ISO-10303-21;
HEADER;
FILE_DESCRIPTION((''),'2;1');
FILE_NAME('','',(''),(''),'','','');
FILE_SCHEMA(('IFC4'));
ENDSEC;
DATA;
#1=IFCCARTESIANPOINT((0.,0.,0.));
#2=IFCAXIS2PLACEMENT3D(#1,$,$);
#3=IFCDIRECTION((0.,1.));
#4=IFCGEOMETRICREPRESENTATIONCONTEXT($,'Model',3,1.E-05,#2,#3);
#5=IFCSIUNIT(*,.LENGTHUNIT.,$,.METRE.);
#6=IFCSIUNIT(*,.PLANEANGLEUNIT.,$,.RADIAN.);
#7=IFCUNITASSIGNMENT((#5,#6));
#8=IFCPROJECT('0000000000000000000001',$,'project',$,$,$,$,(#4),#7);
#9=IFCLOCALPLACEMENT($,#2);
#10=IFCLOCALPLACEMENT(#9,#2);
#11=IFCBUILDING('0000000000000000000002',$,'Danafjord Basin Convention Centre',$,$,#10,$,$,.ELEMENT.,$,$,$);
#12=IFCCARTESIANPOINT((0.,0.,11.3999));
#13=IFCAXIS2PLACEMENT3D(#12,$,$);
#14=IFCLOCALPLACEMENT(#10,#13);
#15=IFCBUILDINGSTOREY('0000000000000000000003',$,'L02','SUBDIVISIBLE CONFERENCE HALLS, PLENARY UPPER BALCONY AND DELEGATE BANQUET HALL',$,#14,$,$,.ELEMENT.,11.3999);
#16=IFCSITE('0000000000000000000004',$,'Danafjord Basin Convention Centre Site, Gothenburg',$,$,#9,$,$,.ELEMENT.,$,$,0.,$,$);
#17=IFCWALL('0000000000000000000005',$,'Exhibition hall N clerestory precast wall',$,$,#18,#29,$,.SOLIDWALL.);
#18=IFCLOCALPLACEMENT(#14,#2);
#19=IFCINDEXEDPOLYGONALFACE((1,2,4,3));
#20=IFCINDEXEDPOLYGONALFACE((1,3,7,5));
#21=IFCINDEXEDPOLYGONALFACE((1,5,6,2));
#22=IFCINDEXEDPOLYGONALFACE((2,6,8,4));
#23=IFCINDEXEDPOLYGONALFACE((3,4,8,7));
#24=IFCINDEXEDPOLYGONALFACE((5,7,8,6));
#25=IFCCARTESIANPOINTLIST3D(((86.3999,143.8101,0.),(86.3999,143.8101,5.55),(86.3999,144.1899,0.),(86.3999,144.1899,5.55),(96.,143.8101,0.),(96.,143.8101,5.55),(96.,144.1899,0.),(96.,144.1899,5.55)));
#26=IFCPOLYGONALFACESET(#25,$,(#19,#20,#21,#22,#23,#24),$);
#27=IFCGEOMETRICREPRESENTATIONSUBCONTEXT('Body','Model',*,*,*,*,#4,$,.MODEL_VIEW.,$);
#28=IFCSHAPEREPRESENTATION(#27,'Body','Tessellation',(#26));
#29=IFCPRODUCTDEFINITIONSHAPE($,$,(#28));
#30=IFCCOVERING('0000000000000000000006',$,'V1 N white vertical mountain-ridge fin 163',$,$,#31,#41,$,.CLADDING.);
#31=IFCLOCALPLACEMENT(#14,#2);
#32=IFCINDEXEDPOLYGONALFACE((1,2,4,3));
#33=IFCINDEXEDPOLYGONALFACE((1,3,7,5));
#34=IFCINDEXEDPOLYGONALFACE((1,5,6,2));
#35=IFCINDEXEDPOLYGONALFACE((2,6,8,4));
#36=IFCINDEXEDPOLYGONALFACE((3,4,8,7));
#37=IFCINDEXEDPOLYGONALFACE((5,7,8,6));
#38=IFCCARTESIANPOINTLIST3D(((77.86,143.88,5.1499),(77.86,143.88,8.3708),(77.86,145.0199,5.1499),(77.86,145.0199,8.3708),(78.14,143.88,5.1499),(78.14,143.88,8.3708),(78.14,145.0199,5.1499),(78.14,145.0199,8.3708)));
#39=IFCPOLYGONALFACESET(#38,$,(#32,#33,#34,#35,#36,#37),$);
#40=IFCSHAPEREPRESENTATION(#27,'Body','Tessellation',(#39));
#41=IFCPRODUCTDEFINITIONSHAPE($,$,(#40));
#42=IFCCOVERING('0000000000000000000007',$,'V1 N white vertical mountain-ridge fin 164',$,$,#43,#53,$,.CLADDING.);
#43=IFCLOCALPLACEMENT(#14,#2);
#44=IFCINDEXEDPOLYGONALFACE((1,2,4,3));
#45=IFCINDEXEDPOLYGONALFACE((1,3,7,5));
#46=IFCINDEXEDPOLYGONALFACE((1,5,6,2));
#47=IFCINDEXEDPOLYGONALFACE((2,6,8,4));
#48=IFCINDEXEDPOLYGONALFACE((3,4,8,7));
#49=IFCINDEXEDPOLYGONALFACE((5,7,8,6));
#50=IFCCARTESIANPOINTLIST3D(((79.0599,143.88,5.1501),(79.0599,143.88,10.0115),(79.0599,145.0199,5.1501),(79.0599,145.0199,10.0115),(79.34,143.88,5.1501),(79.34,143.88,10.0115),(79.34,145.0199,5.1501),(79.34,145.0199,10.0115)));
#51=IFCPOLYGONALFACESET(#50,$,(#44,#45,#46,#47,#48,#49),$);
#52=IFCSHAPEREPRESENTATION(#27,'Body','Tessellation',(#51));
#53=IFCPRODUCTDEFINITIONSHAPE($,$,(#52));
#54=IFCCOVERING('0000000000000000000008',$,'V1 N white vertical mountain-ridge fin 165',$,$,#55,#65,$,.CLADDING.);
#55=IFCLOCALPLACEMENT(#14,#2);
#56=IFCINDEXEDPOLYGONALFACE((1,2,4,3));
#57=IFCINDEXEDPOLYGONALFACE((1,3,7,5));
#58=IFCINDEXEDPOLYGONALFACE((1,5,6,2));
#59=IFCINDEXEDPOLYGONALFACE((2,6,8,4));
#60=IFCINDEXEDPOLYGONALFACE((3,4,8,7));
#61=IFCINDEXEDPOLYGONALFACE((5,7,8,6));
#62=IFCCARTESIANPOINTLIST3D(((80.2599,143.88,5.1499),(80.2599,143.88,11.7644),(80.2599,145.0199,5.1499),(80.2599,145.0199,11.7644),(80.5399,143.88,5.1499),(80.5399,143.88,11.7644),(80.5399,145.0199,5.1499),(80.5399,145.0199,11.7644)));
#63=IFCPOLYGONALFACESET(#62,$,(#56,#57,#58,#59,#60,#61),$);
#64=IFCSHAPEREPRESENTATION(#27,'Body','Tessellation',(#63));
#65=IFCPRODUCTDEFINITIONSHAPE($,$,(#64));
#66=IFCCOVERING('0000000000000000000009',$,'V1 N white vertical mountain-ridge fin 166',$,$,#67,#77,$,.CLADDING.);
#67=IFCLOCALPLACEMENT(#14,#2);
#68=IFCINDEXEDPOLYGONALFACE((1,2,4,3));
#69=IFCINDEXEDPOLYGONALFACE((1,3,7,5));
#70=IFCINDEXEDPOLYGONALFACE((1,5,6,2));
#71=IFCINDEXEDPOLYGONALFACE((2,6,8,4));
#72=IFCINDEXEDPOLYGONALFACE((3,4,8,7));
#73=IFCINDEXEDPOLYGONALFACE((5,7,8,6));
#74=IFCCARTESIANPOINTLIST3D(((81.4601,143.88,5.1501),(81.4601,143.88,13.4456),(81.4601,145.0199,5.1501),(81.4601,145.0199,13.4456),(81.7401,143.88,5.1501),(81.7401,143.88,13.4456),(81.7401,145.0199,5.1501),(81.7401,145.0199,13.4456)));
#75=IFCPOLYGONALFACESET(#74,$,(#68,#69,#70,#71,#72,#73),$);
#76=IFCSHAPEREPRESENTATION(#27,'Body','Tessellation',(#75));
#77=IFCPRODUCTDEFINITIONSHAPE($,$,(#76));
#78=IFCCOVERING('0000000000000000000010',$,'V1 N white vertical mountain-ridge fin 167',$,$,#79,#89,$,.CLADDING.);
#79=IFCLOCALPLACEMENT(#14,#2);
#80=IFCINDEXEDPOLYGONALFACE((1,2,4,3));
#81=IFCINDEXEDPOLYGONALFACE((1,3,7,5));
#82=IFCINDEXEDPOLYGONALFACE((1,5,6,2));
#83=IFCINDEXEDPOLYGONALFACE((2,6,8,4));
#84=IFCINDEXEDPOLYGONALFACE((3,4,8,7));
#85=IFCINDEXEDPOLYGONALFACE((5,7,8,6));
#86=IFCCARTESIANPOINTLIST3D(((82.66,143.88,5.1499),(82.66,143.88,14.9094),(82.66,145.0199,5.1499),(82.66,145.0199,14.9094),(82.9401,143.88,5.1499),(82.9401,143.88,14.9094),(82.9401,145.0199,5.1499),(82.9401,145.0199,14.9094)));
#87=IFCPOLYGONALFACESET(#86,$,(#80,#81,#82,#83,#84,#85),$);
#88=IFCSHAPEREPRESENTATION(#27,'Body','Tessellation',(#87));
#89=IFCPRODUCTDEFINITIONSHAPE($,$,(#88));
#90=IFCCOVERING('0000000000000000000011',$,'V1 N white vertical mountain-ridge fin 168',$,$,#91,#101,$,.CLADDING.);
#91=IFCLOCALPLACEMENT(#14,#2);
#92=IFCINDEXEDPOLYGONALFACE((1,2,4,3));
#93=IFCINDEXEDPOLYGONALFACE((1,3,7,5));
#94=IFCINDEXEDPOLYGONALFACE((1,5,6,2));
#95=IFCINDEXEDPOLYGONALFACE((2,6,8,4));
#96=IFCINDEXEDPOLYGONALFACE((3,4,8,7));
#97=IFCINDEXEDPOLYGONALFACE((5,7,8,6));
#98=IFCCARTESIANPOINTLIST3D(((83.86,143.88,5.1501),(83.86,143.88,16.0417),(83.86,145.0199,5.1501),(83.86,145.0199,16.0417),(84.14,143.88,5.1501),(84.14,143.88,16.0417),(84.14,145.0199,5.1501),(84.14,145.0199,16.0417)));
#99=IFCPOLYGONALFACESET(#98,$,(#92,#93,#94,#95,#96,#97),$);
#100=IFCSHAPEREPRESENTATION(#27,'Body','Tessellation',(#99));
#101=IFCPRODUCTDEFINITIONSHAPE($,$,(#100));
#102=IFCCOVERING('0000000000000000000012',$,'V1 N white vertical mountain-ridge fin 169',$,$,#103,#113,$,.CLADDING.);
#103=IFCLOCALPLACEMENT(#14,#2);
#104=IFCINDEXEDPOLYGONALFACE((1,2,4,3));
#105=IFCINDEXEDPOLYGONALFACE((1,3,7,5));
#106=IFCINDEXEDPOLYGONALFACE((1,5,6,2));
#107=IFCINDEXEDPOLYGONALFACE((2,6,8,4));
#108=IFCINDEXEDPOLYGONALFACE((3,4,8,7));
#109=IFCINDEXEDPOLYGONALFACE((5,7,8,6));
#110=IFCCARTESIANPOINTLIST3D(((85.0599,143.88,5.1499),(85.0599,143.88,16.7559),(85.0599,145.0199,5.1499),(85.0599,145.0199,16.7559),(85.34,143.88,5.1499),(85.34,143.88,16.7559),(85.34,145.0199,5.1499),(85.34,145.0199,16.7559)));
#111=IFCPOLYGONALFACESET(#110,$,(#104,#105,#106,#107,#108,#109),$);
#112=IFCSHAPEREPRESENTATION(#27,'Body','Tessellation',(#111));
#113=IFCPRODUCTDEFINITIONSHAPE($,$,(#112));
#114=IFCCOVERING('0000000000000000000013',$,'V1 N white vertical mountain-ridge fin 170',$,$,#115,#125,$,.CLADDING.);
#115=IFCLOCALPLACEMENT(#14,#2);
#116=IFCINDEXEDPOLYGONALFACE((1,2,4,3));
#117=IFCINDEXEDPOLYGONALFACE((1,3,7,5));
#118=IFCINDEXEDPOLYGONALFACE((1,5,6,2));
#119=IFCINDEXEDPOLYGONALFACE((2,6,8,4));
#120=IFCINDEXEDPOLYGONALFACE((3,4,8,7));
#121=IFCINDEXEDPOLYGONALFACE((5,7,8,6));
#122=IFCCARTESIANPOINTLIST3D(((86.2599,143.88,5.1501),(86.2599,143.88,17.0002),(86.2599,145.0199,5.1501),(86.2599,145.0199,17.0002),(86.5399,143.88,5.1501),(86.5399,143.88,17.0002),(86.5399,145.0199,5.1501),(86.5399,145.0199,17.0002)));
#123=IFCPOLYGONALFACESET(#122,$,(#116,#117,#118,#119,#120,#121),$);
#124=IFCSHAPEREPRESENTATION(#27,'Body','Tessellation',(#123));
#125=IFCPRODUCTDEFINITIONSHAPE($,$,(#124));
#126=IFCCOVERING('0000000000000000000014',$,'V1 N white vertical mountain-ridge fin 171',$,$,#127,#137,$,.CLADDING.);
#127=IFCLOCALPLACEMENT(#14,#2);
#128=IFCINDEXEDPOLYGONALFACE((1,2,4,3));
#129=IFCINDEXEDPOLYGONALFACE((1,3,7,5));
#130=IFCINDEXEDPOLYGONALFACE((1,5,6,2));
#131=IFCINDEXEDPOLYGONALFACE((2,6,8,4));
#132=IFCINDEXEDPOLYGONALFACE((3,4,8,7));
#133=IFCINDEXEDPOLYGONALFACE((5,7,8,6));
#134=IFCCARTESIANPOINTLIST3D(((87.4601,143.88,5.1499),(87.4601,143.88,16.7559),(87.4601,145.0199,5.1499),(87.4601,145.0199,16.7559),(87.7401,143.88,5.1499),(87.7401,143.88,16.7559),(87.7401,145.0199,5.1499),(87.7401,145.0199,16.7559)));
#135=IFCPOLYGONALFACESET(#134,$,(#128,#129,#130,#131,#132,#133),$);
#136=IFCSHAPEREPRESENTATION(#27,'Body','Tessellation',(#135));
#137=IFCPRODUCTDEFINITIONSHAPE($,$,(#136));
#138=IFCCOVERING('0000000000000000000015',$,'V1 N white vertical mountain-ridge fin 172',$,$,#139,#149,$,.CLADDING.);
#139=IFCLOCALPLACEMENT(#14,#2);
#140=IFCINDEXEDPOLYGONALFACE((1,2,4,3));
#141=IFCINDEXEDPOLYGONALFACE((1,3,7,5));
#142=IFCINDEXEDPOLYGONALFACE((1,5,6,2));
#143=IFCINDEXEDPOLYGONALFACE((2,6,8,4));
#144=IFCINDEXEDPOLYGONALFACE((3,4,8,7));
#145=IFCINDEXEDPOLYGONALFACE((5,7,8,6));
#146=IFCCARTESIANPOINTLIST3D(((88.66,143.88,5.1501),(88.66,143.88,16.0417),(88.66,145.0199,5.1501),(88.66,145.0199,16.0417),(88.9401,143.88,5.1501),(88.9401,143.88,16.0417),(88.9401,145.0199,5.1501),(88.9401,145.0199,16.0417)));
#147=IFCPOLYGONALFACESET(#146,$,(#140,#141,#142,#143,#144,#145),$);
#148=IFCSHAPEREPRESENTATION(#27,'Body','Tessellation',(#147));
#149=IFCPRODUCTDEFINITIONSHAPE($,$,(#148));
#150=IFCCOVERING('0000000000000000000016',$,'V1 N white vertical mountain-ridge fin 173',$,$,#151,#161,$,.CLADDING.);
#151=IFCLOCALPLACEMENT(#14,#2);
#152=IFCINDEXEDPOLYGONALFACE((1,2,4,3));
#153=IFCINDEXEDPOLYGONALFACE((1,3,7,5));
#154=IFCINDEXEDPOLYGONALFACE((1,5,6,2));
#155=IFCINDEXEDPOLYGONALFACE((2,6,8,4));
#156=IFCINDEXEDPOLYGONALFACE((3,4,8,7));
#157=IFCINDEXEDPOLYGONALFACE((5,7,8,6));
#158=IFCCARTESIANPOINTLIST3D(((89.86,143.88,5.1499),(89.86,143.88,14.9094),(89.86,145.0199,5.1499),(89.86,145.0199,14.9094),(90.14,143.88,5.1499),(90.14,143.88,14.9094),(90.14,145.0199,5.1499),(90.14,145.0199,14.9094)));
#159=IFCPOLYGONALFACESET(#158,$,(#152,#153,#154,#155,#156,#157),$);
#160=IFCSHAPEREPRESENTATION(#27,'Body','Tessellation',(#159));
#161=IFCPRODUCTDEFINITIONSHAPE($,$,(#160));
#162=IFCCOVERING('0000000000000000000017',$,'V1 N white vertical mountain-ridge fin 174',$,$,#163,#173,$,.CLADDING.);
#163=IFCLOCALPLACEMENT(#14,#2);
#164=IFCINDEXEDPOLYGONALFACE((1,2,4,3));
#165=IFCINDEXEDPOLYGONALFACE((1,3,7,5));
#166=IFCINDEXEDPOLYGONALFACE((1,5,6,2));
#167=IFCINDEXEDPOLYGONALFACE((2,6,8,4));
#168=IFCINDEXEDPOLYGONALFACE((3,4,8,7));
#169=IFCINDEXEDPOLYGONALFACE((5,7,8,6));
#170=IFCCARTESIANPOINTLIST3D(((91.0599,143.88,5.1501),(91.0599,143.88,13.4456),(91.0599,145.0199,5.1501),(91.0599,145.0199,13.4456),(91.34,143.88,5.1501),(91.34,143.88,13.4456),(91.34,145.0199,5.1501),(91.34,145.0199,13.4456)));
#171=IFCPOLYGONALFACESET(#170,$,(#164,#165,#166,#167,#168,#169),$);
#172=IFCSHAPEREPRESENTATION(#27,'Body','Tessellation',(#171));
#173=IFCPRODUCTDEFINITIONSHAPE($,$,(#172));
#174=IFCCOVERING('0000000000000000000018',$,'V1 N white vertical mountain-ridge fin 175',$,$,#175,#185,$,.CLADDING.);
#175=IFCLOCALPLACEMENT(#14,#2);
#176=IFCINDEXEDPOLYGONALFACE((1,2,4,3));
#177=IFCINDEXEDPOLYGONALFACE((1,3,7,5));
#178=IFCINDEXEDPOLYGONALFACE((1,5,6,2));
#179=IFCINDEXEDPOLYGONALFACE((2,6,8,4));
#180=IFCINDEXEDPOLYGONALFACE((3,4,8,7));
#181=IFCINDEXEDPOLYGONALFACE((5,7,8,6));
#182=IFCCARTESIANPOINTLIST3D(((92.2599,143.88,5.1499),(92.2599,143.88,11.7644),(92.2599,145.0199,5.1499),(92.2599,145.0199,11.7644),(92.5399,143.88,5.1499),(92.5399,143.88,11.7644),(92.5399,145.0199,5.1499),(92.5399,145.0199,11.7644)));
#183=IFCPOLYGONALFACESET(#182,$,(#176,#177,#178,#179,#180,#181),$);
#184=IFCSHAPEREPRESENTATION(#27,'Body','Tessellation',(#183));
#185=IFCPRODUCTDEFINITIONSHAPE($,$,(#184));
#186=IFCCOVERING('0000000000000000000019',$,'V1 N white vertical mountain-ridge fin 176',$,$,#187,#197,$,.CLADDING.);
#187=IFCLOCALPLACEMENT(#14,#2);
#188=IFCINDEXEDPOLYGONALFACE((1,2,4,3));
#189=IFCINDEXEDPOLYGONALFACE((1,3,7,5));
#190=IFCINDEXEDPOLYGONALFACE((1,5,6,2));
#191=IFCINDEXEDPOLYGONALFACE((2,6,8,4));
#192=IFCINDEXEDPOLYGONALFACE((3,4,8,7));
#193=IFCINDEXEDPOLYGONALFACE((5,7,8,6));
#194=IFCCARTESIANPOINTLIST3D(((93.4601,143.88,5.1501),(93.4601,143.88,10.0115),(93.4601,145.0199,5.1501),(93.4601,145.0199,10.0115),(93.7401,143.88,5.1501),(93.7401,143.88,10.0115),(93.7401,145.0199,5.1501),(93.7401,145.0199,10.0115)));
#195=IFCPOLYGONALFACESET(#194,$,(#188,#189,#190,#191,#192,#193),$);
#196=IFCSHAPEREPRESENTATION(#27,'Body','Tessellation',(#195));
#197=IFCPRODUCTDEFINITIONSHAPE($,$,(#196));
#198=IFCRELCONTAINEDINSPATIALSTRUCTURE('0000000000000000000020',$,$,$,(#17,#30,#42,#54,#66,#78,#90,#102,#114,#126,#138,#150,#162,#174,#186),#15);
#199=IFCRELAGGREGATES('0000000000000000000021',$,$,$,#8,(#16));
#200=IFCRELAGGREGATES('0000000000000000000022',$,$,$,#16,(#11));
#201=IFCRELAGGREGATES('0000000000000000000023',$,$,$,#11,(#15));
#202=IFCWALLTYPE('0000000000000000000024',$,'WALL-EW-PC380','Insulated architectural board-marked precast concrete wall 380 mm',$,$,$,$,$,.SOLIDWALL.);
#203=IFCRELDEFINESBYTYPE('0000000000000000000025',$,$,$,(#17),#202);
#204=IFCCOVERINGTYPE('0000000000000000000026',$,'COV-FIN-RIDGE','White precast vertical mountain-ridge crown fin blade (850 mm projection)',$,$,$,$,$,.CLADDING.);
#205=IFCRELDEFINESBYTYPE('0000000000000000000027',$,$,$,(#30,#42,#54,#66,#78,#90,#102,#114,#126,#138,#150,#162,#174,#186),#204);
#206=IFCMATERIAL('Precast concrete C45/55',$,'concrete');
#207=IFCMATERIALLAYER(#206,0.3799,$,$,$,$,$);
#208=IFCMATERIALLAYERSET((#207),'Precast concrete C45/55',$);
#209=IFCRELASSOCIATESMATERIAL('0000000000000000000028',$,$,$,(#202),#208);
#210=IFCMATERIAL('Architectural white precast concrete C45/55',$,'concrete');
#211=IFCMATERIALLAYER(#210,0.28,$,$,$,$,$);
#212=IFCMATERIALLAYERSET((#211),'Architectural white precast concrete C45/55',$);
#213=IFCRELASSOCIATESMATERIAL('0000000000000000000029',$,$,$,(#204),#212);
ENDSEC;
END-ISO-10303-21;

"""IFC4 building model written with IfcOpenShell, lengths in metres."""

from ifc_helpers import new_model, si_unit, direction, frame, frame_2d, origin, origin_2d, place, context, subcontext, project, spatial, rectangle, extrude, material, layer, layer_set, type_object, element, save


model = new_model("IFC4")

# Units and contexts
model_context = context("Model", 3, precision=1e-05, world=origin(), true_north=direction((0.0, 1.0)))
body_context = subcontext(model_context, "Body", "Model", "MODEL_VIEW")
ifc_project = project(units=[si_unit("LENGTHUNIT", "METRE"), si_unit("PLANEANGLEUNIT", "RADIAN")], contexts=[model_context])

# Site, building, storey
site_placement = place(None, origin())
site = spatial("IfcSite", under=ifc_project, at=site_placement, Name="Danafjord Basin Convention Centre Site, Gothenburg", CompositionType="ELEMENT", RefElevation=0.0)
building_placement = place(site_placement, origin())
building = spatial("IfcBuilding", under=site, at=building_placement, Name="Danafjord Basin Convention Centre", CompositionType="ELEMENT")
storey_placement = place(building_placement, frame((0.0, 0.0, 11.3999)))
storey = spatial("IfcBuildingStorey", under=building, at=storey_placement, Name="L02", Description="SUBDIVISIBLE CONFERENCE HALLS, PLENARY UPPER BALCONY AND DELEGATE BANQUET HALL", CompositionType="ELEMENT", Elevation=11.3999)

# Shared definitions
ifc_material_1 = material(Name="Precast concrete C45/55", Category="concrete")

# Wall
ifc_layer_1 = layer(ifc_material_1, 0.3799)
ifc_layer_set_1 = layer_set([ifc_layer_1], Name="Precast concrete C45/55")
wall_type = type_object("IfcWallType", Name="WALL-EW-PC380", Description="Insulated architectural board-marked precast concrete wall 380 mm", PredefinedType="SOLIDWALL", material=ifc_layer_set_1)
wall_placement = place(storey_placement, frame((86.3999, 144.0, 0.0), z_axis=(0.0, 0.0, 1.0), x_axis=(1.0, 0.0, 0.0)))
element("IfcWall", 1, at=wall_placement, inside=storey, type_object=wall_type, Name="Exhibition hall N clerestory precast wall", PredefinedType="SOLIDWALL", context=body_context, shape_type="SweptSolid", body=[
    extrude(rectangle(XDim=9.6001, YDim=0.3799, at=frame_2d((4.8, 0.0))), origin(), (0.0, 0.0, 1.0), 5.55),
])

# Coverings
ifc_material_2 = material(Name="Architectural white precast concrete C45/55", Category="concrete")
ifc_layer_2 = layer(ifc_material_2, 0.28)
ifc_layer_set_2 = layer_set([ifc_layer_2], Name="Architectural white precast concrete C45/55")
covering_type = type_object("IfcCoveringType", Name="COV-FIN-RIDGE", Description="White precast vertical mountain-ridge crown fin blade (850 mm projection)", PredefinedType="CLADDING", material=ifc_layer_set_2)
covering_1_placement = place(storey_placement, frame((78.0, 144.45, 5.1499), z_axis=(0.0, 0.0, 1.0), x_axis=(0.0, 1.0, 0.0)))
element("IfcCovering", 2, at=covering_1_placement, inside=storey, type_object=covering_type, Name="V1 N white vertical mountain-ridge fin 163", PredefinedType="CLADDING", context=body_context, shape_type="SweptSolid", body=[
    extrude(rectangle(XDim=1.1399, YDim=0.28, at=origin_2d()), origin(), (0.0, 0.0, 1.0), 3.2209),
])
covering_2_placement = place(storey_placement, frame((79.2, 144.45, 5.1501), z_axis=(0.0, 0.0, 1.0), x_axis=(0.0, 1.0, 0.0)))
element("IfcCovering", 3, at=covering_2_placement, inside=storey, type_object=covering_type, Name="V1 N white vertical mountain-ridge fin 164", PredefinedType="CLADDING", context=body_context, shape_type="SweptSolid", body=[
    extrude(rectangle(XDim=1.1399, YDim=0.28, at=origin_2d()), origin(), (0.0, 0.0, 1.0), 4.8613),
])
covering_3_placement = place(storey_placement, frame((80.3999, 144.45, 5.1499), z_axis=(0.0, 0.0, 1.0), x_axis=(0.0, 1.0, 0.0)))
element("IfcCovering", 4, at=covering_3_placement, inside=storey, type_object=covering_type, Name="V1 N white vertical mountain-ridge fin 165", PredefinedType="CLADDING", context=body_context, shape_type="SweptSolid", body=[
    extrude(rectangle(XDim=1.1399, YDim=0.28, at=origin_2d()), origin(), (0.0, 0.0, 1.0), 6.6145),
])
covering_4_placement = place(storey_placement, frame((81.6001, 144.45, 5.1501), z_axis=(0.0, 0.0, 1.0), x_axis=(0.0, 1.0, 0.0)))
element("IfcCovering", 5, at=covering_4_placement, inside=storey, type_object=covering_type, Name="V1 N white vertical mountain-ridge fin 166", PredefinedType="CLADDING", context=body_context, shape_type="SweptSolid", body=[
    extrude(rectangle(XDim=1.1399, YDim=0.28, at=origin_2d()), origin(), (0.0, 0.0, 1.0), 8.2954),
])
covering_5_placement = place(storey_placement, frame((82.8, 144.45, 5.1499), z_axis=(0.0, 0.0, 1.0), x_axis=(0.0, 1.0, 0.0)))
element("IfcCovering", 6, at=covering_5_placement, inside=storey, type_object=covering_type, Name="V1 N white vertical mountain-ridge fin 167", PredefinedType="CLADDING", context=body_context, shape_type="SweptSolid", body=[
    extrude(rectangle(XDim=1.1399, YDim=0.28, at=origin_2d()), origin(), (0.0, 0.0, 1.0), 9.7595),
])
covering_6_placement = place(storey_placement, frame((84.0, 144.45, 5.1501), z_axis=(0.0, 0.0, 1.0), x_axis=(0.0, 1.0, 0.0)))
element("IfcCovering", 7, at=covering_6_placement, inside=storey, type_object=covering_type, Name="V1 N white vertical mountain-ridge fin 168", PredefinedType="CLADDING", context=body_context, shape_type="SweptSolid", body=[
    extrude(rectangle(XDim=1.1399, YDim=0.28, at=origin_2d()), origin(), (0.0, 0.0, 1.0), 10.8916),
])
covering_7_placement = place(storey_placement, frame((85.2, 144.45, 5.1499), z_axis=(0.0, 0.0, 1.0), x_axis=(0.0, 1.0, 0.0)))
element("IfcCovering", 8, at=covering_7_placement, inside=storey, type_object=covering_type, Name="V1 N white vertical mountain-ridge fin 169", PredefinedType="CLADDING", context=body_context, shape_type="SweptSolid", body=[
    extrude(rectangle(XDim=1.1399, YDim=0.28, at=origin_2d()), origin(), (0.0, 0.0, 1.0), 11.606),
])
covering_8_placement = place(storey_placement, frame((86.3999, 144.45, 5.1501), z_axis=(0.0, 0.0, 1.0), x_axis=(0.0, 1.0, 0.0)))
element("IfcCovering", 9, at=covering_8_placement, inside=storey, type_object=covering_type, Name="V1 N white vertical mountain-ridge fin 170", PredefinedType="CLADDING", context=body_context, shape_type="SweptSolid", body=[
    extrude(rectangle(XDim=1.1399, YDim=0.28, at=origin_2d()), origin(), (0.0, 0.0, 1.0), 11.8501),
])
covering_9_placement = place(storey_placement, frame((87.6001, 144.45, 5.1499), z_axis=(0.0, 0.0, 1.0), x_axis=(0.0, 1.0, 0.0)))
element("IfcCovering", 10, at=covering_9_placement, inside=storey, type_object=covering_type, Name="V1 N white vertical mountain-ridge fin 171", PredefinedType="CLADDING", context=body_context, shape_type="SweptSolid", body=[
    extrude(rectangle(XDim=1.1399, YDim=0.28, at=origin_2d()), origin(), (0.0, 0.0, 1.0), 11.606),
])
covering_10_placement = place(storey_placement, frame((88.8, 144.45, 5.1501), z_axis=(0.0, 0.0, 1.0), x_axis=(0.0, 1.0, 0.0)))
element("IfcCovering", 11, at=covering_10_placement, inside=storey, type_object=covering_type, Name="V1 N white vertical mountain-ridge fin 172", PredefinedType="CLADDING", context=body_context, shape_type="SweptSolid", body=[
    extrude(rectangle(XDim=1.1399, YDim=0.28, at=origin_2d()), origin(), (0.0, 0.0, 1.0), 10.8916),
])
covering_11_placement = place(storey_placement, frame((90.0, 144.45, 5.1499), z_axis=(0.0, 0.0, 1.0), x_axis=(0.0, 1.0, 0.0)))
element("IfcCovering", 12, at=covering_11_placement, inside=storey, type_object=covering_type, Name="V1 N white vertical mountain-ridge fin 173", PredefinedType="CLADDING", context=body_context, shape_type="SweptSolid", body=[
    extrude(rectangle(XDim=1.1399, YDim=0.28, at=origin_2d()), origin(), (0.0, 0.0, 1.0), 9.7595),
])
covering_12_placement = place(storey_placement, frame((91.2, 144.45, 5.1501), z_axis=(0.0, 0.0, 1.0), x_axis=(0.0, 1.0, 0.0)))
element("IfcCovering", 13, at=covering_12_placement, inside=storey, type_object=covering_type, Name="V1 N white vertical mountain-ridge fin 174", PredefinedType="CLADDING", context=body_context, shape_type="SweptSolid", body=[
    extrude(rectangle(XDim=1.1399, YDim=0.28, at=origin_2d()), origin(), (0.0, 0.0, 1.0), 8.2954),
])
covering_13_placement = place(storey_placement, frame((92.3999, 144.45, 5.1499), z_axis=(0.0, 0.0, 1.0), x_axis=(0.0, 1.0, 0.0)))
element("IfcCovering", 14, at=covering_13_placement, inside=storey, type_object=covering_type, Name="V1 N white vertical mountain-ridge fin 175", PredefinedType="CLADDING", context=body_context, shape_type="SweptSolid", body=[
    extrude(rectangle(XDim=1.1399, YDim=0.28, at=origin_2d()), origin(), (0.0, 0.0, 1.0), 6.6145),
])
covering_14_placement = place(storey_placement, frame((93.6001, 144.45, 5.1501), z_axis=(0.0, 0.0, 1.0), x_axis=(0.0, 1.0, 0.0)))
element("IfcCovering", 15, at=covering_14_placement, inside=storey, type_object=covering_type, Name="V1 N white vertical mountain-ridge fin 176", PredefinedType="CLADDING", context=body_context, shape_type="SweptSolid", body=[
    extrude(rectangle(XDim=1.1399, YDim=0.28, at=origin_2d()), origin(), (0.0, 0.0, 1.0), 4.8613),
])

save(model, "model.ifc")
